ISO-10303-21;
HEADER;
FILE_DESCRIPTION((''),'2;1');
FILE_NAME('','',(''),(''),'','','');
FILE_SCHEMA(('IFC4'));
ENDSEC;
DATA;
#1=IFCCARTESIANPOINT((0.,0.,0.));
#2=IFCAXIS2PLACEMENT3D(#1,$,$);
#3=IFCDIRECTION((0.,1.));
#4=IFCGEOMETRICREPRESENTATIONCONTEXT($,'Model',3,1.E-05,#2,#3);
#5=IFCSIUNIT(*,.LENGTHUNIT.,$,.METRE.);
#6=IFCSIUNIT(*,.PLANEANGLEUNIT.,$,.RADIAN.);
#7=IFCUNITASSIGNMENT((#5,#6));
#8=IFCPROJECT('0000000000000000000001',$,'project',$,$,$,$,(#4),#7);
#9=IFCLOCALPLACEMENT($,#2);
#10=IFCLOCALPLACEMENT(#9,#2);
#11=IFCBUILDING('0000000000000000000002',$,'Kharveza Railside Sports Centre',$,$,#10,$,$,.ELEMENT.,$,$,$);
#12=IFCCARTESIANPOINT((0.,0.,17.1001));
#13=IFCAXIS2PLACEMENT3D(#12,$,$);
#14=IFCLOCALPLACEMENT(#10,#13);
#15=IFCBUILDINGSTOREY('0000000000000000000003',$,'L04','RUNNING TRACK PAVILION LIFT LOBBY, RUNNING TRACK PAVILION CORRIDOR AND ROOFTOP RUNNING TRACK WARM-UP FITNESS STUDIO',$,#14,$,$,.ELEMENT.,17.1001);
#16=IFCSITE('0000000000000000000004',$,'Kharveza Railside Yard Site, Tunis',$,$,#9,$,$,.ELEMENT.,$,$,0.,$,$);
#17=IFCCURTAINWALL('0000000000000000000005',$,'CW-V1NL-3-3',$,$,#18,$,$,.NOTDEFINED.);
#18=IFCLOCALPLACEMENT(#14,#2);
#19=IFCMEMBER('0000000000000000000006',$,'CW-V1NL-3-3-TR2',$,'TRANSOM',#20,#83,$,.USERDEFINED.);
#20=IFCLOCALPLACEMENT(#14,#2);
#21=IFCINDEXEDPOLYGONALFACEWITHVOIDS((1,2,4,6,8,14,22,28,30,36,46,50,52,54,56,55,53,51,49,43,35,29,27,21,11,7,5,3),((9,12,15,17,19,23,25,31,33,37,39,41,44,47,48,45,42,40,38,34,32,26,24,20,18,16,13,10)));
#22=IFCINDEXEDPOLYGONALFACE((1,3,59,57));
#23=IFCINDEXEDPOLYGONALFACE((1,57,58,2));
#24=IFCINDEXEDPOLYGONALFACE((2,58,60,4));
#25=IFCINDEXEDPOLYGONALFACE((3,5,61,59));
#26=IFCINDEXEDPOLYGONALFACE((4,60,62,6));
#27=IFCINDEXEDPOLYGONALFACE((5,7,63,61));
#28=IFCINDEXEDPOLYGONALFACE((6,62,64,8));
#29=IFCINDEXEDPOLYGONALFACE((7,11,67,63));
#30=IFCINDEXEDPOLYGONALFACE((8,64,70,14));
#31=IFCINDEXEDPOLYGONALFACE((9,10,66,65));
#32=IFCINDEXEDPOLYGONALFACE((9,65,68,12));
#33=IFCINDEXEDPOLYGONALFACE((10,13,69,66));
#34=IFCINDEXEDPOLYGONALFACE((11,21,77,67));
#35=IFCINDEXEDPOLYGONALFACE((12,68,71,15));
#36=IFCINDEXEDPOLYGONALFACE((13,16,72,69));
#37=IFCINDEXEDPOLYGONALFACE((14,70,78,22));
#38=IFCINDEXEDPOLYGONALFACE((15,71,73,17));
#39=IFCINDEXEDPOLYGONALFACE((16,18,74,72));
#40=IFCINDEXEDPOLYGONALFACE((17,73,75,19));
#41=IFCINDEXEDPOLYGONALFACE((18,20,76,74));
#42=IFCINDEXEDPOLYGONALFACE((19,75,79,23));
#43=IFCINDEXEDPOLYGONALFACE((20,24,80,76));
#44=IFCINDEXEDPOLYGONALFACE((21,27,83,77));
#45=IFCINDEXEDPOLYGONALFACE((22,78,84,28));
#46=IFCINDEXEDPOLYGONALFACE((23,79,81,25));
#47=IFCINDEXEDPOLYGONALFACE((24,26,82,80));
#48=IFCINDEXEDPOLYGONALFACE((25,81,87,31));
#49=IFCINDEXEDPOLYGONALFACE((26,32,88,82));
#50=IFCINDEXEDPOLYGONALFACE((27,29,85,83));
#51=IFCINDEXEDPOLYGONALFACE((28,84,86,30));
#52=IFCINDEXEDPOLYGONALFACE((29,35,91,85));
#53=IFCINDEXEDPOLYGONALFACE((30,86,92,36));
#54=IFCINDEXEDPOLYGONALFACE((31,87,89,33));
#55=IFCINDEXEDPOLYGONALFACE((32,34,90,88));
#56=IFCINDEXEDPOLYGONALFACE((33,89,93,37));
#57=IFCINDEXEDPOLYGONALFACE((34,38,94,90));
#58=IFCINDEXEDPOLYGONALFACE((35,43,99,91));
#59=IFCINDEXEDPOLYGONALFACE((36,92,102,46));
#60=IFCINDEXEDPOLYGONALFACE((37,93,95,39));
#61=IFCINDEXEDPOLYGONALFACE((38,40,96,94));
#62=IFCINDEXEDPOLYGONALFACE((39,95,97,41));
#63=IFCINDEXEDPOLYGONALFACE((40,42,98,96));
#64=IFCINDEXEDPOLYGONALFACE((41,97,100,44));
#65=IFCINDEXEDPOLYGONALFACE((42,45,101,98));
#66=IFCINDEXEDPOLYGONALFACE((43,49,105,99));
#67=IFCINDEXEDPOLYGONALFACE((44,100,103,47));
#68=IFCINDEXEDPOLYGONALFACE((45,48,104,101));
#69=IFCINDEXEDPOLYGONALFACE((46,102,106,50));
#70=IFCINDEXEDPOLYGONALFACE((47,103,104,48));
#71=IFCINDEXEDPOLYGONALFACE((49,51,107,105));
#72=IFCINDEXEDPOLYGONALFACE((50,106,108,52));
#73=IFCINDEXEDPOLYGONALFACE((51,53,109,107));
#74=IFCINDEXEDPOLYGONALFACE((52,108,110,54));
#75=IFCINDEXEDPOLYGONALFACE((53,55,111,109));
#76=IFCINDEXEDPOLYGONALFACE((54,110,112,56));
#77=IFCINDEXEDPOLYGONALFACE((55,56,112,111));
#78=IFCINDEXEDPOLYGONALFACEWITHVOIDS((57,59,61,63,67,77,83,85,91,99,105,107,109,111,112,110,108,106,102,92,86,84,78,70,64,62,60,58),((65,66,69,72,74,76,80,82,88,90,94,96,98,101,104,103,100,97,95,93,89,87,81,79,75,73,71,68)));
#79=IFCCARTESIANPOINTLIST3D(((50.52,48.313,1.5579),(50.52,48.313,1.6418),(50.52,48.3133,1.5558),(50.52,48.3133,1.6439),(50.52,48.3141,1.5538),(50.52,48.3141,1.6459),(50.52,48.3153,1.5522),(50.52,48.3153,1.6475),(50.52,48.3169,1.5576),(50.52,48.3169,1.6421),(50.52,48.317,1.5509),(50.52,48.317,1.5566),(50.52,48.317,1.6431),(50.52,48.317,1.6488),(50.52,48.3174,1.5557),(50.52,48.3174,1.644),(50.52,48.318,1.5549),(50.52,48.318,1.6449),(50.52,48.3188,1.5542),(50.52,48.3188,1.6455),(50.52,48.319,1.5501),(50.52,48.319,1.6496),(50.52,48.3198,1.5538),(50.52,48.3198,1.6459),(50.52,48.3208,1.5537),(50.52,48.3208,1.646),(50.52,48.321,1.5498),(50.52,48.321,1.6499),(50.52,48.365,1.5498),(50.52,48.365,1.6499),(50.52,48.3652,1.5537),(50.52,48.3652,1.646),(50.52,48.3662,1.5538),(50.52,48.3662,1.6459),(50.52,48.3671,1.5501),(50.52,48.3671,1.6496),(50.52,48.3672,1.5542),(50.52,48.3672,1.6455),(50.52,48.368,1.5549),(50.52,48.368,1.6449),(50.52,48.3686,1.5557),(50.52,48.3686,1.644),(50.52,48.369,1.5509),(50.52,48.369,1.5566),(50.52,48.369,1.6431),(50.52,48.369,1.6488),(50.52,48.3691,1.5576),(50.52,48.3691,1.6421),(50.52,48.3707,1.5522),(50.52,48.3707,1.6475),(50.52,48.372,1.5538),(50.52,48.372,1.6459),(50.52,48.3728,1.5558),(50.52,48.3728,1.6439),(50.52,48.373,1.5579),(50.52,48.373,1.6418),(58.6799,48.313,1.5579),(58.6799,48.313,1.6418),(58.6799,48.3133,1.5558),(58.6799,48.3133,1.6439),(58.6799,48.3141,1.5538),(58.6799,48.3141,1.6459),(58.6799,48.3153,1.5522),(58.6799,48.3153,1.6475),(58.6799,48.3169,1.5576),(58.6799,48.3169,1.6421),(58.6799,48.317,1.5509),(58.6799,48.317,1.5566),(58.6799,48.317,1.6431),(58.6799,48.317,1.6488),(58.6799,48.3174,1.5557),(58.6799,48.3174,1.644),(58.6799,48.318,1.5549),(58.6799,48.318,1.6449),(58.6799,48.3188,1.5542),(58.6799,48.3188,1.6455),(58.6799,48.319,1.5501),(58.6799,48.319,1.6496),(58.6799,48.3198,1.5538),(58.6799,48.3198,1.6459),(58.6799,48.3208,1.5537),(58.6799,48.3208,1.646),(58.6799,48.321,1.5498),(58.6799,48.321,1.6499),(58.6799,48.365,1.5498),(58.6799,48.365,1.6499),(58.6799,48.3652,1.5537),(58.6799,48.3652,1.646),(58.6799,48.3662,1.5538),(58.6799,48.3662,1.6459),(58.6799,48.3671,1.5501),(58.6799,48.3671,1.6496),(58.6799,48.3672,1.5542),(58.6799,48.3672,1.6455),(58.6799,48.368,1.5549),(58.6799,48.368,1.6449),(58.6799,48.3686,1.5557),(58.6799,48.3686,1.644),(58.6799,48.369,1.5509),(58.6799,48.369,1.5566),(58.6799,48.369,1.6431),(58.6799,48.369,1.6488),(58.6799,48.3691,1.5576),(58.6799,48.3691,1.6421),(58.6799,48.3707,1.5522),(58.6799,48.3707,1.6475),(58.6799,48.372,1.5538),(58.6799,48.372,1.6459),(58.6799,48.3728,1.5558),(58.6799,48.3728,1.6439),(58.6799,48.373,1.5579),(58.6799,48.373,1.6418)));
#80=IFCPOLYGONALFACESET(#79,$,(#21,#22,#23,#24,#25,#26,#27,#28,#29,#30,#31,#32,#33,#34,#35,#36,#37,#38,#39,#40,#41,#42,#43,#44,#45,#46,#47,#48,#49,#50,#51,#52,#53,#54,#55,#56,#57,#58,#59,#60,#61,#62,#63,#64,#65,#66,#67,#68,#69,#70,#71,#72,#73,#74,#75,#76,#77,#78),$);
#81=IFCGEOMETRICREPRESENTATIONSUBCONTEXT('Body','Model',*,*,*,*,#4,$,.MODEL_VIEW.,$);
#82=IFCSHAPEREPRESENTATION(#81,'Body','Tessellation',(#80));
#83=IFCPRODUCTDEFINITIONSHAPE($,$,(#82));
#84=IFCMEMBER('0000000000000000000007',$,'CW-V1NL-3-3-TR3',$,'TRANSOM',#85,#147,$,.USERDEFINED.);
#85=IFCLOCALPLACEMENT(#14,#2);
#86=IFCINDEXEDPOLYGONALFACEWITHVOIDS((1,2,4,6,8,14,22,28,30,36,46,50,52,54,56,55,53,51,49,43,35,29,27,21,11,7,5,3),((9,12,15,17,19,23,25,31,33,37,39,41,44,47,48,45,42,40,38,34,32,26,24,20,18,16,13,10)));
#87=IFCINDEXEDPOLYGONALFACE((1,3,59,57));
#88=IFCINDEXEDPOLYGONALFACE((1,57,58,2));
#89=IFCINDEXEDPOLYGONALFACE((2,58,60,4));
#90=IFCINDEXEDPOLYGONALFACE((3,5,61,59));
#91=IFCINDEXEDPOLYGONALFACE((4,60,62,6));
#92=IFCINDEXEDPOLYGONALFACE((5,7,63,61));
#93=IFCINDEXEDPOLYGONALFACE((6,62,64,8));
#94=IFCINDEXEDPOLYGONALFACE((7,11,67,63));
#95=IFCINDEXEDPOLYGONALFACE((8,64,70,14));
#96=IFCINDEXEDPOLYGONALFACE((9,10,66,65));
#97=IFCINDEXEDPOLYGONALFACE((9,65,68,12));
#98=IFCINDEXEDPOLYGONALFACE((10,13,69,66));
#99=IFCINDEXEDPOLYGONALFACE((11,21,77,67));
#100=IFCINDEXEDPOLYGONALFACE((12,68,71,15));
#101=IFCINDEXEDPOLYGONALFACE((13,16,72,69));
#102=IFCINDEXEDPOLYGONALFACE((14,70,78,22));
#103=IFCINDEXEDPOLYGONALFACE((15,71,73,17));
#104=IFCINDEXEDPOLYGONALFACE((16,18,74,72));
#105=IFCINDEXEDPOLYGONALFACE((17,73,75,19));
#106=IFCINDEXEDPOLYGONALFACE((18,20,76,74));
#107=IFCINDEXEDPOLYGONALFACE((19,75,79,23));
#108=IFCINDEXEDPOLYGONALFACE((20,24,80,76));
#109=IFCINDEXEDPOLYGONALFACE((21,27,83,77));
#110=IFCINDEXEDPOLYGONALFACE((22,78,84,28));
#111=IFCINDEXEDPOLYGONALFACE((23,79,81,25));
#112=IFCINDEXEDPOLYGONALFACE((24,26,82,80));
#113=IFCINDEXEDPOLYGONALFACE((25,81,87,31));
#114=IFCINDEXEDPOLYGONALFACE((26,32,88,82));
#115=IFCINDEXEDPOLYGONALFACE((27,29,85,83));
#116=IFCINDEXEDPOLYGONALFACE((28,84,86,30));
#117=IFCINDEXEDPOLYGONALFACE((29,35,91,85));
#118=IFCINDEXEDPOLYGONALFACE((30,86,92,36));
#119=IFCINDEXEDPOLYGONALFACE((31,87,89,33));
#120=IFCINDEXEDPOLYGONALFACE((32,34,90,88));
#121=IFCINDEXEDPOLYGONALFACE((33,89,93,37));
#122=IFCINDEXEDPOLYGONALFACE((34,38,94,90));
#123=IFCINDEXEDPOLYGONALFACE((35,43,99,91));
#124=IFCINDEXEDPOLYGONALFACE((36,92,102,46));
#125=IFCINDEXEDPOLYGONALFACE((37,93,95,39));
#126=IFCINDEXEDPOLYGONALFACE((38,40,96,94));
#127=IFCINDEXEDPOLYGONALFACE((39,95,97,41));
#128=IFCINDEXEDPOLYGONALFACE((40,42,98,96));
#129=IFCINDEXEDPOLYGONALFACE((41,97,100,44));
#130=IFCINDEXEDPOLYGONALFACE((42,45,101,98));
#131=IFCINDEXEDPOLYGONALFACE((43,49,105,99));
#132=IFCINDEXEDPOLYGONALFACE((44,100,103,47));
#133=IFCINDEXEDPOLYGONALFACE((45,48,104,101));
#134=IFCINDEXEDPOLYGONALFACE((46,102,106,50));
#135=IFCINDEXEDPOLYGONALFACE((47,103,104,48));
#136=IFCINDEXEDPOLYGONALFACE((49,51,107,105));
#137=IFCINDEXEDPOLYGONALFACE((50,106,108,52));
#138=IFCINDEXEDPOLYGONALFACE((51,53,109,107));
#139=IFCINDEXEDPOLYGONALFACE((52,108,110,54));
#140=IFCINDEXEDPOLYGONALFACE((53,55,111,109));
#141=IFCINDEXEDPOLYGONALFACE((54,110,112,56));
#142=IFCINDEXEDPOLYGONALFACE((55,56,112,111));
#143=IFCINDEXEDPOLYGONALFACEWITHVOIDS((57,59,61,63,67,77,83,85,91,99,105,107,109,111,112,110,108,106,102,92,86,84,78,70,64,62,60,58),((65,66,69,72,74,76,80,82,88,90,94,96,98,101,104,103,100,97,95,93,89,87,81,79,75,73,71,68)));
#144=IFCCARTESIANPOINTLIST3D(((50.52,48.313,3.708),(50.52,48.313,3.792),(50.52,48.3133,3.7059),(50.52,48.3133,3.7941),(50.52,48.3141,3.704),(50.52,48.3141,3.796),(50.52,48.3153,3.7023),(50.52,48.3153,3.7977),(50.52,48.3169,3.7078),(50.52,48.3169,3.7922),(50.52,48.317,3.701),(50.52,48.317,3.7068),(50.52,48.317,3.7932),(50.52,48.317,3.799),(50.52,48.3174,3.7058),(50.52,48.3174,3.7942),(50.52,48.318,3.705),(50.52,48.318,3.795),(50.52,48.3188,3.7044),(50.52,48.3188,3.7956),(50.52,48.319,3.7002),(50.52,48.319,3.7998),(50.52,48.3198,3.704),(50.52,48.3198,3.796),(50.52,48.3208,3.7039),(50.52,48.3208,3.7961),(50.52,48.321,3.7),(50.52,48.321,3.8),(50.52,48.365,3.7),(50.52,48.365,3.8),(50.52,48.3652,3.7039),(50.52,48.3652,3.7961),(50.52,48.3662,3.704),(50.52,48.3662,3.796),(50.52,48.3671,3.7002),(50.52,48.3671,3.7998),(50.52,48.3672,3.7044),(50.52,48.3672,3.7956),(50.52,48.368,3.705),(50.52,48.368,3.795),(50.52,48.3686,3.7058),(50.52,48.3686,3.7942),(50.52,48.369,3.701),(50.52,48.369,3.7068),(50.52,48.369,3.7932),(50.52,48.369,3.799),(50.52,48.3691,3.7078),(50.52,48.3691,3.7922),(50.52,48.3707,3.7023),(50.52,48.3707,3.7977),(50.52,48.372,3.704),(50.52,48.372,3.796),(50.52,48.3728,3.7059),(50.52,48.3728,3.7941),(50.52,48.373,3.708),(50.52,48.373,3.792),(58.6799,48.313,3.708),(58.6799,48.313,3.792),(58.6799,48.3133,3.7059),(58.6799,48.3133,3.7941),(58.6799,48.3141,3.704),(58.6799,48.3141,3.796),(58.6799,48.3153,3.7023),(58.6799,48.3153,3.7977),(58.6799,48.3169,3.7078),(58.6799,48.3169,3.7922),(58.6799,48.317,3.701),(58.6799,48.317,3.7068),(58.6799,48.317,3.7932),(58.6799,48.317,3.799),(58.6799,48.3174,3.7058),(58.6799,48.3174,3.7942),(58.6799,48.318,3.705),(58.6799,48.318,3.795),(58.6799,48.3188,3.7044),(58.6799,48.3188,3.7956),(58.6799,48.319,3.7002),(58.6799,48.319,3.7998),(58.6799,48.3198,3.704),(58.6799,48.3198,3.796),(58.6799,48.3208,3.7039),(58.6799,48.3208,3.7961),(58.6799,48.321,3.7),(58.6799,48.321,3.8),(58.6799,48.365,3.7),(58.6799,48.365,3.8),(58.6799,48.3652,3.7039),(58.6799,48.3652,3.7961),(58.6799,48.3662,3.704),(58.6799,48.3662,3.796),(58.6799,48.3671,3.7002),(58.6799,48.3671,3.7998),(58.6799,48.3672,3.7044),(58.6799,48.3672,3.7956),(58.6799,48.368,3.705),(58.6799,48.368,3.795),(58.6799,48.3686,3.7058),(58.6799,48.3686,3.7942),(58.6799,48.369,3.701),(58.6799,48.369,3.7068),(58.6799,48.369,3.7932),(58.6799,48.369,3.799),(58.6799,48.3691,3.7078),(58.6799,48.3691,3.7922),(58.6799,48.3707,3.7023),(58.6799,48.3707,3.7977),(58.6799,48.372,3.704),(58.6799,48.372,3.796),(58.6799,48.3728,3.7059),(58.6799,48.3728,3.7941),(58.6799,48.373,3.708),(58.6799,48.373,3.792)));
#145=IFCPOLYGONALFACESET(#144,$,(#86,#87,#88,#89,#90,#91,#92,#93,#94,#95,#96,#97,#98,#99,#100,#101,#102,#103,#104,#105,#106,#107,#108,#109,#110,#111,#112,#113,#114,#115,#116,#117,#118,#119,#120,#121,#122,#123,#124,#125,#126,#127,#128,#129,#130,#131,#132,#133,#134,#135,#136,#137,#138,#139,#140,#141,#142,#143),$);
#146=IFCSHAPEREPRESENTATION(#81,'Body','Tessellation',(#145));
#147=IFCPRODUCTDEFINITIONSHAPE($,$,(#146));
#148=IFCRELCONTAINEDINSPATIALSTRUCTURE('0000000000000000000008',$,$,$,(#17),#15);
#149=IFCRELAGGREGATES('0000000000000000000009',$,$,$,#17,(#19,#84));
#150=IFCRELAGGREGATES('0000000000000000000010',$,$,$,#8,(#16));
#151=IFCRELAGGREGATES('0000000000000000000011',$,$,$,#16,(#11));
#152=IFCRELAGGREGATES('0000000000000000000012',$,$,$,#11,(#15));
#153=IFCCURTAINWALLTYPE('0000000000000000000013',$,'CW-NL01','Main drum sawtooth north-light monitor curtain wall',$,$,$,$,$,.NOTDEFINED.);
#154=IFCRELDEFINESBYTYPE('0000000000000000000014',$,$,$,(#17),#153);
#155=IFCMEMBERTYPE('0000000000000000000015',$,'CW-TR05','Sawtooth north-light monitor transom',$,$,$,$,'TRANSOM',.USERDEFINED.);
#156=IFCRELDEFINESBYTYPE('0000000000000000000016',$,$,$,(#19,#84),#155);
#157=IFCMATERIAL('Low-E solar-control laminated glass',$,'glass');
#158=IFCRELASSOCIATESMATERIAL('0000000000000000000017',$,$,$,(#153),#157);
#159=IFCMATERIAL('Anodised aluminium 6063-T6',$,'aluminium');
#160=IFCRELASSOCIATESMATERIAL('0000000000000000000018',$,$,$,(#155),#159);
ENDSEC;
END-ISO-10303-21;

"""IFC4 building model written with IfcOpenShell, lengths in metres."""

from ifc_helpers import new_model, si_unit, direction, frame, origin, origin_2d, place, context, subcontext, project, spatial, hollow_rectangle, extrude, material, material_profile, profile_set, type_object, element, aggregate, save


model = new_model("IFC4")

# Units and contexts
model_context = context("Model", 3, precision=1e-05, world=origin(), true_north=direction((0.0, 1.0)))
body_context = subcontext(model_context, "Body", "Model", "MODEL_VIEW")
ifc_project = project(units=[si_unit("LENGTHUNIT", "METRE"), si_unit("PLANEANGLEUNIT", "RADIAN")], contexts=[model_context])

# Site, building, storey
site_placement = place(None, origin())
site = spatial("IfcSite", under=ifc_project, at=site_placement, Name="Kharveza Railside Yard Site, Tunis", CompositionType="ELEMENT", RefElevation=0.0)
building_placement = place(site_placement, origin())
building = spatial("IfcBuilding", under=site, at=building_placement, Name="Kharveza Railside Sports Centre", CompositionType="ELEMENT")
storey_placement = place(building_placement, frame((0.0, 0.0, 17.1001)))
storey = spatial("IfcBuildingStorey", under=building, at=storey_placement, Name="L04", Description="RUNNING TRACK PAVILION LIFT LOBBY, RUNNING TRACK PAVILION CORRIDOR AND ROOFTOP RUNNING TRACK WARM-UP FITNESS STUDIO", CompositionType="ELEMENT", Elevation=17.1001)

# Curtain wall
ifc_material_1 = material(Name="Low-E solar-control laminated glass", Category="glass")
curtain_wall_type = type_object("IfcCurtainWallType", Name="CW-NL01", Description="Main drum sawtooth north-light monitor curtain wall", PredefinedType="NOTDEFINED", material=ifc_material_1)
curtain_wall_1_placement = place(storey_placement, origin())
curtain_wall_1 = element("IfcCurtainWall", 1, at=curtain_wall_1_placement, inside=storey, type_object=curtain_wall_type, Name="CW-V1NL-3-3", PredefinedType="NOTDEFINED")
ifc_material_2 = material(Name="Anodised aluminium 6063-T6", Category="aluminium")

# Members
ifc_material_profile_1 = material_profile(ifc_material_2, hollow_rectangle(XDim=0.0601, YDim=0.1001, WallThickness=0.0039, InnerFilletRadius=0.0039, OuterFilletRadius=0.0081, at=origin_2d()), Name="RHS 60x100x4.0")
ifc_profile_set_1 = profile_set([ifc_material_profile_1], Name="Anodised aluminium 6063-T6")
member_type_1 = type_object("IfcMemberType", Name="CW-TR05", Description="Sawtooth north-light monitor transom", ElementType="TRANSOM", PredefinedType="USERDEFINED", material=ifc_profile_set_1)
member_1_placement = place(storey_placement, frame((50.52, 48.343, 1.5999), z_axis=(1.0, 0.0, 0.0), x_axis=(0.0, 1.0, 0.0)))
member_1 = element("IfcMember", 2, at=member_1_placement, type_object=member_type_1, Name="CW-V1NL-3-3-TR2", ObjectType="TRANSOM", PredefinedType="USERDEFINED", context=body_context, shape_type="SweptSolid", body=[
    extrude(hollow_rectangle(XDim=0.0601, YDim=0.1001, WallThickness=0.0039, InnerFilletRadius=0.0039, OuterFilletRadius=0.0081, at=origin_2d()), origin(), (0.0, 0.0, 1.0), 8.1599),
])
member_2_placement = place(storey_placement, frame((50.52, 48.343, 3.75), z_axis=(1.0, 0.0, 0.0), x_axis=(0.0, 1.0, 0.0)))
member_2 = element("IfcMember", 3, at=member_2_placement, type_object=member_type_1, Name="CW-V1NL-3-3-TR3", ObjectType="TRANSOM", PredefinedType="USERDEFINED", context=body_context, shape_type="SweptSolid", body=[
    extrude(hollow_rectangle(XDim=0.0601, YDim=0.1001, WallThickness=0.0039, InnerFilletRadius=0.0039, OuterFilletRadius=0.0081, at=origin_2d()), origin(), (0.0, 0.0, 1.0), 8.1599),
])

aggregate(curtain_wall_1, [member_1, member_2])

save(model, "model.ifc")
